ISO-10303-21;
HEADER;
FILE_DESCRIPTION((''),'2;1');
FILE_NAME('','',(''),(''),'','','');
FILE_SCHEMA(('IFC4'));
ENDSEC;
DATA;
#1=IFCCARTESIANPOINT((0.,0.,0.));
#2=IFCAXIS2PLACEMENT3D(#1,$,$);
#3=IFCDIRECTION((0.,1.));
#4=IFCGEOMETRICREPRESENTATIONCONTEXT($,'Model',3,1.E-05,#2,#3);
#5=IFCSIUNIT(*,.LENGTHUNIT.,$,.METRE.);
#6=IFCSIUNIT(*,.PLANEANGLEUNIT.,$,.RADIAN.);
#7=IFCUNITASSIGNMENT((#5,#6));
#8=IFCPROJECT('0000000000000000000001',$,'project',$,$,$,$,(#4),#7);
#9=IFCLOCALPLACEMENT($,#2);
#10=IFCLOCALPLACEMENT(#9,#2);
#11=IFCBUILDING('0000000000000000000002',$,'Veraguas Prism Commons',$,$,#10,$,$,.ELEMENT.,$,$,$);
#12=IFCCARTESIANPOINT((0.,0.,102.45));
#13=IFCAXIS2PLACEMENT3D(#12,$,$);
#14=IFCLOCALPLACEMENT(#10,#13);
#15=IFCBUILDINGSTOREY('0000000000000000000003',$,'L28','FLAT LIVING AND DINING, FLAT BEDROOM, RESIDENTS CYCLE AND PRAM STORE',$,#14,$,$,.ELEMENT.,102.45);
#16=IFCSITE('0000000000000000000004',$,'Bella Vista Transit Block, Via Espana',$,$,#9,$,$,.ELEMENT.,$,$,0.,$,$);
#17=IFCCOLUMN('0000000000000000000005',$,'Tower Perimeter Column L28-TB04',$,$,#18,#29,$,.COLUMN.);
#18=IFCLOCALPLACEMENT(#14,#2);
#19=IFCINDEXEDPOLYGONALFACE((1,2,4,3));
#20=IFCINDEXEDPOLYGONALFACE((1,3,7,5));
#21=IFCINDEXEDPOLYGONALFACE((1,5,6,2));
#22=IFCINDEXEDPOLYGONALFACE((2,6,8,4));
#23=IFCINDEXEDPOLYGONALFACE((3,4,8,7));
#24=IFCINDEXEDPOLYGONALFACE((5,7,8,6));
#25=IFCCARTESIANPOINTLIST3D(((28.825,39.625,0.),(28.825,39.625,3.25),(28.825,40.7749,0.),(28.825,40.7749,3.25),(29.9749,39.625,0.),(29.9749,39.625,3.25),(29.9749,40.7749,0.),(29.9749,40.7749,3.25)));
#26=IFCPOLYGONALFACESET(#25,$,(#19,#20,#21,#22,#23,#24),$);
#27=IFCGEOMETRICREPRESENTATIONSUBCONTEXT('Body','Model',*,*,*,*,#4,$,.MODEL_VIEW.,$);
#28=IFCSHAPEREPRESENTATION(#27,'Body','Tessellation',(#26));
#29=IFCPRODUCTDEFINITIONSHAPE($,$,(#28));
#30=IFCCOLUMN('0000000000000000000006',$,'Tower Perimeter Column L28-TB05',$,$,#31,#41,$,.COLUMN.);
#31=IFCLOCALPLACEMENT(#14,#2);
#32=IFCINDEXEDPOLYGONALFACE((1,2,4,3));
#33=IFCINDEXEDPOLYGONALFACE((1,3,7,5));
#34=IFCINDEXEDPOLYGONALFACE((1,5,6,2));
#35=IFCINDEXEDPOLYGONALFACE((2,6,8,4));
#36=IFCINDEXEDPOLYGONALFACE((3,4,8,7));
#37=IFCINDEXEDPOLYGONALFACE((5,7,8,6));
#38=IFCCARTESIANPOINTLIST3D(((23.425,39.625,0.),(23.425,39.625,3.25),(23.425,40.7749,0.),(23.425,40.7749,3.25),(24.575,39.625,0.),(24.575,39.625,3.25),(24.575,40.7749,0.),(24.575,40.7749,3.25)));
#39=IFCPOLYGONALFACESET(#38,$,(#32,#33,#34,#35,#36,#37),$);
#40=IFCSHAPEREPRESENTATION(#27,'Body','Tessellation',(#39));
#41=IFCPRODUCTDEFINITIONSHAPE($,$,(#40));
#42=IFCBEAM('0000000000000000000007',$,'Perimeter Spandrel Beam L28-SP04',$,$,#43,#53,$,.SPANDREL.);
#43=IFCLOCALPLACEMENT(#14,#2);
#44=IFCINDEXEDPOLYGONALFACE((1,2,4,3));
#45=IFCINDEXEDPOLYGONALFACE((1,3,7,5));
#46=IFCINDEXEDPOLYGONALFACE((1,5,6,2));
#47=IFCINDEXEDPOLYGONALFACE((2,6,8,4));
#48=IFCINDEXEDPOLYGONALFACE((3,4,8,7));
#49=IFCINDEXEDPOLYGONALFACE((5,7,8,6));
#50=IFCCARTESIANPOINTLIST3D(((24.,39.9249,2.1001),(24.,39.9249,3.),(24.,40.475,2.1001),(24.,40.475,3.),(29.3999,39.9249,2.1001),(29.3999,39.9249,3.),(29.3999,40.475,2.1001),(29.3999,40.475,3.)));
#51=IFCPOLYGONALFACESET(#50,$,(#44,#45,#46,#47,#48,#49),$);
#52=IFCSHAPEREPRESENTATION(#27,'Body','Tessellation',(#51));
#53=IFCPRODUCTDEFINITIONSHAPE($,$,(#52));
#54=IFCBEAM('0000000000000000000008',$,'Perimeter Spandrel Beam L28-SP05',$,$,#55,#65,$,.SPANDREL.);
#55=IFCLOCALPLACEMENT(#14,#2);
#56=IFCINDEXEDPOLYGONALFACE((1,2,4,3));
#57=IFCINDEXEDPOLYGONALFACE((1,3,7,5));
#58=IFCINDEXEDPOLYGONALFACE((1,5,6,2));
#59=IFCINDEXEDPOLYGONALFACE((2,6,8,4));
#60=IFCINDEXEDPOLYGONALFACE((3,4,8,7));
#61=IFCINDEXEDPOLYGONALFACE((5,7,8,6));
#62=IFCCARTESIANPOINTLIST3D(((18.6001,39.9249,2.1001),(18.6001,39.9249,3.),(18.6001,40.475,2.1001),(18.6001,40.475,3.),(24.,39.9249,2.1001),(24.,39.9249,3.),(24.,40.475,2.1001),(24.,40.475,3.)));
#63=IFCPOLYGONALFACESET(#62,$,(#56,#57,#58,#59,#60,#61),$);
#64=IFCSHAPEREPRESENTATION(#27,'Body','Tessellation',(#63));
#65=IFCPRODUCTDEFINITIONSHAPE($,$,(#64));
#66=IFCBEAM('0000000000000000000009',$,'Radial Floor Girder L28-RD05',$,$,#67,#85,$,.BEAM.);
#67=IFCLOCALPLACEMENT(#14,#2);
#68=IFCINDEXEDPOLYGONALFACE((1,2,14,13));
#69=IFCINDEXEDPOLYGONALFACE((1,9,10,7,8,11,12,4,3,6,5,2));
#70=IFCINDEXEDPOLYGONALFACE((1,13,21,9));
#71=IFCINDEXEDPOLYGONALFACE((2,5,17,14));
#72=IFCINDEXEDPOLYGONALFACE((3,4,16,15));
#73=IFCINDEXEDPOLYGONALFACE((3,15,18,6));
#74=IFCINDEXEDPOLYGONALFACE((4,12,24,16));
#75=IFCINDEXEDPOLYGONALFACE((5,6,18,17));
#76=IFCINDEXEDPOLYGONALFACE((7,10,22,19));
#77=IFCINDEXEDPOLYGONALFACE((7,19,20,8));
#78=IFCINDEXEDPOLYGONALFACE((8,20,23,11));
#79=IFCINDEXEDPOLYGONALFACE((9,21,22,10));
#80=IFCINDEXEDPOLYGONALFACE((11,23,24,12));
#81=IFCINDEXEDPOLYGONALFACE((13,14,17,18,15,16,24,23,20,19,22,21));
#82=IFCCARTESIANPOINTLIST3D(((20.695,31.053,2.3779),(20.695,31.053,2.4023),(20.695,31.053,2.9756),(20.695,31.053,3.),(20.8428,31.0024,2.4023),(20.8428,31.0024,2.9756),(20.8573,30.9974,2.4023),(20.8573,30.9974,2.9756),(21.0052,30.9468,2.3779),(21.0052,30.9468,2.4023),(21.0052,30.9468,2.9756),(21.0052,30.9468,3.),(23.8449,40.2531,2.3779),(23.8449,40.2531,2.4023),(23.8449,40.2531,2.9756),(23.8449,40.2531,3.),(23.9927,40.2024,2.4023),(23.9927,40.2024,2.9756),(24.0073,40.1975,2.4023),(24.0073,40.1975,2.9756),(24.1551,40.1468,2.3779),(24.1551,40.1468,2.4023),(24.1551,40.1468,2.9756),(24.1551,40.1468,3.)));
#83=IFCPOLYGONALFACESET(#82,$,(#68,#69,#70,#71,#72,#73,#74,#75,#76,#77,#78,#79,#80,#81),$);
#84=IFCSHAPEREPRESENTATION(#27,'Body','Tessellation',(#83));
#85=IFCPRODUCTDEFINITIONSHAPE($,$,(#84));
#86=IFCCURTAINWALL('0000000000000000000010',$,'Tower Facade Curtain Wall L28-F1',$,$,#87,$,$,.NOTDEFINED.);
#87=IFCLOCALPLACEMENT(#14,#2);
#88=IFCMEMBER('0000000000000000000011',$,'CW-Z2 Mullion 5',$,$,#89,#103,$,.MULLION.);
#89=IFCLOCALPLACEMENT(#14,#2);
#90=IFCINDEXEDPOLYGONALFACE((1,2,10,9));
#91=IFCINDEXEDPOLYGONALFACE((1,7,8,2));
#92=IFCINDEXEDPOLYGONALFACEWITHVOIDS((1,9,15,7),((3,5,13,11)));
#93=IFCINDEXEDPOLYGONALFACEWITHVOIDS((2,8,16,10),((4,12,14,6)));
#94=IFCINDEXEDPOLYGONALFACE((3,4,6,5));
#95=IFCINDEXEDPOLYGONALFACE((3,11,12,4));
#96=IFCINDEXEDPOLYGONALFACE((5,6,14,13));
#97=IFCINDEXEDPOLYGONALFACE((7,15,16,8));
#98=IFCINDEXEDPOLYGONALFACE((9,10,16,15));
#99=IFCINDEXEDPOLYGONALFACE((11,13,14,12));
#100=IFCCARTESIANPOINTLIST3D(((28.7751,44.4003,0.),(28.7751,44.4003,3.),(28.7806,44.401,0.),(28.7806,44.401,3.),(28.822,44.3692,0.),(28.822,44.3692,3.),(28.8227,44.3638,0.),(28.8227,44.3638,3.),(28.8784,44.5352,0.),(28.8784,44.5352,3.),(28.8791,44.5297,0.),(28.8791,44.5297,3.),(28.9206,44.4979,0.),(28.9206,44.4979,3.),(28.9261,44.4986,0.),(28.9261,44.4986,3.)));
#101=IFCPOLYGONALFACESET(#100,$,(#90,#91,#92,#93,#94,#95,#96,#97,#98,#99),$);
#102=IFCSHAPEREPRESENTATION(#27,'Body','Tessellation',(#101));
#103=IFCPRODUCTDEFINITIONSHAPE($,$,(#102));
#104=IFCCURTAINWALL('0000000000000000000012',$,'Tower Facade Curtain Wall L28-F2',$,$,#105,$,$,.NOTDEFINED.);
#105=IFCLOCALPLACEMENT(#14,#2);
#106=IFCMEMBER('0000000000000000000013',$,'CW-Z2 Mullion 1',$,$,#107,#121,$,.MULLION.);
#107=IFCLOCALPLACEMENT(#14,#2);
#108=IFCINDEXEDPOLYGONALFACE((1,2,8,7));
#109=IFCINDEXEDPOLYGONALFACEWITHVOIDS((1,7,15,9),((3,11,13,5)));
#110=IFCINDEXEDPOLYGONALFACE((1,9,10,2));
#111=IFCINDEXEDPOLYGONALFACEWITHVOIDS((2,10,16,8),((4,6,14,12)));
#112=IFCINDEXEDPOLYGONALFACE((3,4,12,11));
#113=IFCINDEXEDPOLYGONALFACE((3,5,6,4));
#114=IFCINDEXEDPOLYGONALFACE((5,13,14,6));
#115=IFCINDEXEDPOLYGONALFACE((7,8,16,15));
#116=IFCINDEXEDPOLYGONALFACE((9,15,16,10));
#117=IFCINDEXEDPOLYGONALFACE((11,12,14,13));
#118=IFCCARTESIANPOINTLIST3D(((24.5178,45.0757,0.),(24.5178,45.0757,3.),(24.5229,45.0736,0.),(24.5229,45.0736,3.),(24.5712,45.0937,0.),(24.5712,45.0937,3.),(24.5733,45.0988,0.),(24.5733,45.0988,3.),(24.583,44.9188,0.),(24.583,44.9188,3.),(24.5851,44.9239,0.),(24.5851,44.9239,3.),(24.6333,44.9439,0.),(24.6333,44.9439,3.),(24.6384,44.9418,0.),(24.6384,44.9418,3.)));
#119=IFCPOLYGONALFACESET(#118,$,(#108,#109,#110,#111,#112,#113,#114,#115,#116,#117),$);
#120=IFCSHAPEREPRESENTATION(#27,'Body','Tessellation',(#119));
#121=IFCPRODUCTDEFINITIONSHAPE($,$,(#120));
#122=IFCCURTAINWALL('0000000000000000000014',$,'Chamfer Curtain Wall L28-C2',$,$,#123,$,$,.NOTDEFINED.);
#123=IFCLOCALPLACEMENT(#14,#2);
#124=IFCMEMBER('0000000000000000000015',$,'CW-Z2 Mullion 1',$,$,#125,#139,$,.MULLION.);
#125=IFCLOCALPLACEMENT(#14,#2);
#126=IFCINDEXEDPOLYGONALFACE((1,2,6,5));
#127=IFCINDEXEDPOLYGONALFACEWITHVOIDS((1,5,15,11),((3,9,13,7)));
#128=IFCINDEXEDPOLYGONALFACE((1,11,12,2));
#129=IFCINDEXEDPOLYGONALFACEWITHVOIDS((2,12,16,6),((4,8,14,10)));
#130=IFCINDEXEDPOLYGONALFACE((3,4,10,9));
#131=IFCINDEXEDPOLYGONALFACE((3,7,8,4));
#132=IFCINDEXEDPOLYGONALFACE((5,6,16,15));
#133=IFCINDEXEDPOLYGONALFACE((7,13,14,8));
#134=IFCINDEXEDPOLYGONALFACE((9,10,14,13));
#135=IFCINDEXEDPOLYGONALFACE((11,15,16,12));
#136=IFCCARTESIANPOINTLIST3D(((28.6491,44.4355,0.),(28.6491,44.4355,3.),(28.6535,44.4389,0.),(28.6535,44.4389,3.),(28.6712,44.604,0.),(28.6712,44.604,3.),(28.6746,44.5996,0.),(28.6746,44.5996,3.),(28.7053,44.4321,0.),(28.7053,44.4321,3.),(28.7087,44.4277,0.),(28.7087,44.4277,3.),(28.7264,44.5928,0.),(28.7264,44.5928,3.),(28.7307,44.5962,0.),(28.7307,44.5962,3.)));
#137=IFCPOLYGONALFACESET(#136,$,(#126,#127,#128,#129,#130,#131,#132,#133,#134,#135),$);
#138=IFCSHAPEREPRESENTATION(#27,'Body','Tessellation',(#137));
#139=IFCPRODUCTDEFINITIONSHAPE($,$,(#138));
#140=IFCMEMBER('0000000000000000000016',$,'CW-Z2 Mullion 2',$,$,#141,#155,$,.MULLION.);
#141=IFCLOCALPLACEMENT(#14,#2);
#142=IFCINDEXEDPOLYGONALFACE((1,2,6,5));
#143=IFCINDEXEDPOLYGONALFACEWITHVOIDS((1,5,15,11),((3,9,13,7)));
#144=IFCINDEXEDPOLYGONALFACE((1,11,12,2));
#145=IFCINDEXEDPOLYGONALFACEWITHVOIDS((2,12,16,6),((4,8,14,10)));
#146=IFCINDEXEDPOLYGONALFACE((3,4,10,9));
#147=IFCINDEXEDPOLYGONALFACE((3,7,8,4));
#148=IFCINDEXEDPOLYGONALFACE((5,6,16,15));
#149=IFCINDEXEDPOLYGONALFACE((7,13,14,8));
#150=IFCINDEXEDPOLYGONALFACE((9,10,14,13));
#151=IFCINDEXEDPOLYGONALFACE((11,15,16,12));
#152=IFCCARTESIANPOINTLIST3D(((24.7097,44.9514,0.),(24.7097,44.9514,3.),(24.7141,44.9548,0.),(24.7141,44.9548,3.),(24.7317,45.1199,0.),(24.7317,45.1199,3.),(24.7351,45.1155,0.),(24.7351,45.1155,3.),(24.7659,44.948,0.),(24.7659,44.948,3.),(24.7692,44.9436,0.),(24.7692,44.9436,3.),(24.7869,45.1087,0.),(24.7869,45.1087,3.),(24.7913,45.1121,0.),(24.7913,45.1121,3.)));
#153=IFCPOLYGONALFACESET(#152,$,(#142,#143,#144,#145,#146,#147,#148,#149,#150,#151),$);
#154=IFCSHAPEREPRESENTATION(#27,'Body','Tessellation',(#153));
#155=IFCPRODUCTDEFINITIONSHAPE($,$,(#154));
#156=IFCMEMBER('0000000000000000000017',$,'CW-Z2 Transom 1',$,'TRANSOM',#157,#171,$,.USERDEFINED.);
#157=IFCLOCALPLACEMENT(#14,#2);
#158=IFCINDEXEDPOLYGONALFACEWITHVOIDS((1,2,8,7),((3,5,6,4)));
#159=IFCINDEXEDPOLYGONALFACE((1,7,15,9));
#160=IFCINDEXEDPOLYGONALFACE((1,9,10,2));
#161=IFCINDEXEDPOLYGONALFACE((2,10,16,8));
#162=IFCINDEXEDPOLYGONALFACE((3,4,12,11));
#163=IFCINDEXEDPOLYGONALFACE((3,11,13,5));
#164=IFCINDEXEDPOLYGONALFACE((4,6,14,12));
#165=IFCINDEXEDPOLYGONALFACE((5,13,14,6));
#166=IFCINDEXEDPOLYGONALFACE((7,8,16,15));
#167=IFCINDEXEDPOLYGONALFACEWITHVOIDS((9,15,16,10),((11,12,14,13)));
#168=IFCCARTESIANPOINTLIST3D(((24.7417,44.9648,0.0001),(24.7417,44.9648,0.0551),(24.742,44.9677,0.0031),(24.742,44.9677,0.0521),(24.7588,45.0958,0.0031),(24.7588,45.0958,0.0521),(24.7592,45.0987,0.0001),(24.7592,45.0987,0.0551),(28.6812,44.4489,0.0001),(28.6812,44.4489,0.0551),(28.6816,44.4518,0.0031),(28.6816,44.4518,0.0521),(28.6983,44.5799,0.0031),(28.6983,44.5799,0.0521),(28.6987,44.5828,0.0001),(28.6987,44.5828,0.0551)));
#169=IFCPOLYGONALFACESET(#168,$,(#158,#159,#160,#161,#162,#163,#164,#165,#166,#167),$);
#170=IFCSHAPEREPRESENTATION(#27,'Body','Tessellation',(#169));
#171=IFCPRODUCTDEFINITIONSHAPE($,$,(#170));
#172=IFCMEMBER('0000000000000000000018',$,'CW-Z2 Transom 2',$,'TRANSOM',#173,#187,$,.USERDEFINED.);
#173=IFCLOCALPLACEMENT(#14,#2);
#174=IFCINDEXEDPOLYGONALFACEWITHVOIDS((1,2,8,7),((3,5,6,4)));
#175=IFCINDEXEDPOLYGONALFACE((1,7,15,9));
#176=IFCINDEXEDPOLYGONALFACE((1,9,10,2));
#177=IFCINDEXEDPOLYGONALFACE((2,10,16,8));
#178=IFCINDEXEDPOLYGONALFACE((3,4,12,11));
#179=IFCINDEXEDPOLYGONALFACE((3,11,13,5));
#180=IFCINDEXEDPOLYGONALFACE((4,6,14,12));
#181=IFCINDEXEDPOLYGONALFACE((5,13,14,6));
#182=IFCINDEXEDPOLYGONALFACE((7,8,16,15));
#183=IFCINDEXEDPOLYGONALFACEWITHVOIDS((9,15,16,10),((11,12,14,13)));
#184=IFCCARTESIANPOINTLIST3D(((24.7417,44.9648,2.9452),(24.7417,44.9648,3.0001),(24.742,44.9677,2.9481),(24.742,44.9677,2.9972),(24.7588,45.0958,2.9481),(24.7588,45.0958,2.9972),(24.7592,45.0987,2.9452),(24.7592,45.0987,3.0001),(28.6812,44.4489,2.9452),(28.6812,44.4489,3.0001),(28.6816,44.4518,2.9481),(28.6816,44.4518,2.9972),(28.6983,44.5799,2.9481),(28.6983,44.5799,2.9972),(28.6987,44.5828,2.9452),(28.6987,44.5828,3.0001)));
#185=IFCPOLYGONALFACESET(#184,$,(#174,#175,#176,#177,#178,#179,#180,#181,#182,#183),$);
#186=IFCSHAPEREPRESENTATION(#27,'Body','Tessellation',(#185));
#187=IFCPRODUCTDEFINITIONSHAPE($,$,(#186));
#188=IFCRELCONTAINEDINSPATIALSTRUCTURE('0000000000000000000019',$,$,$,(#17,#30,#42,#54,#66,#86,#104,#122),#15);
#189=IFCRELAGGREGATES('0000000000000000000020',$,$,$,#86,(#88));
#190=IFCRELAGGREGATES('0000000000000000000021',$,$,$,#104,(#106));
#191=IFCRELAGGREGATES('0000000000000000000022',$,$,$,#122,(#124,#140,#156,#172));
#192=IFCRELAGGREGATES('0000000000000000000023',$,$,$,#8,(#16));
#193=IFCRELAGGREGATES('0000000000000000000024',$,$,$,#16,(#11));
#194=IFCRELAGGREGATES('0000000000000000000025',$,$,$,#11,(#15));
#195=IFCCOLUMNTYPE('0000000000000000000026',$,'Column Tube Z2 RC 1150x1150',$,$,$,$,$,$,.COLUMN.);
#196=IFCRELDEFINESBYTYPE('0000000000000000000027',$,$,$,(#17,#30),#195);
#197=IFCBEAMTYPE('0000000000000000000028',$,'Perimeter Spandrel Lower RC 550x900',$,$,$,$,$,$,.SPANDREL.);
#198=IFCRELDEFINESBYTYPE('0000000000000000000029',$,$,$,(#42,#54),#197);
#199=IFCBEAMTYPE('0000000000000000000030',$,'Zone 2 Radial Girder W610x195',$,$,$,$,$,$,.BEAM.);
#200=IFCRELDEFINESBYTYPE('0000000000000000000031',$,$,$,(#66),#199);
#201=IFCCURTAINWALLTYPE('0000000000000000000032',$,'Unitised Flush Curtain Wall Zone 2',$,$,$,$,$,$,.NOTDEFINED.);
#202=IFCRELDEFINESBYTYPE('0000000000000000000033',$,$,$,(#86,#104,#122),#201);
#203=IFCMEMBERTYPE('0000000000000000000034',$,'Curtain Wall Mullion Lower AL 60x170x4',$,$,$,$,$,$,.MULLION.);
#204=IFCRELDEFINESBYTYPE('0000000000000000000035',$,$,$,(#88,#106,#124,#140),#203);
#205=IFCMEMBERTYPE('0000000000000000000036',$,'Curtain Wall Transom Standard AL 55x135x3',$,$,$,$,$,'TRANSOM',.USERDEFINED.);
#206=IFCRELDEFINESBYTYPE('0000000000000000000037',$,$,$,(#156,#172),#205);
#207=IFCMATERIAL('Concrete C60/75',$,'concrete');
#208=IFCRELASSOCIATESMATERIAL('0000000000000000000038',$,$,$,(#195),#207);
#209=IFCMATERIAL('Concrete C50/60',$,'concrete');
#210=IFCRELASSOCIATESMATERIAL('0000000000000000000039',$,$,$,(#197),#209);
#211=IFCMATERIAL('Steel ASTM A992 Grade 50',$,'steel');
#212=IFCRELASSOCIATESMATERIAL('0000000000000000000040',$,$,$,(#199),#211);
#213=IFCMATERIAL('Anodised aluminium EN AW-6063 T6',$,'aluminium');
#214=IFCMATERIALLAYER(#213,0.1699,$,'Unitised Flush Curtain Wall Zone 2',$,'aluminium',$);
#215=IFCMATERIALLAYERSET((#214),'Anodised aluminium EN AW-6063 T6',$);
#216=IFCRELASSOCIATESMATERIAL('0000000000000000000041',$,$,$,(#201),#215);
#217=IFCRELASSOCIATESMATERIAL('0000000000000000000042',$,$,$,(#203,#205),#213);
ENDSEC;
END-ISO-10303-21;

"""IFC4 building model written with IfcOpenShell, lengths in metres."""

from ifc_helpers import new_model, si_unit, direction, frame, origin, origin_2d, place, context, subcontext, project, spatial, rectangle, hollow_rectangle, i_section, extrude, source, transform, mapped, material, layer, layer_set, material_profile, profile_set, type_object, element, aggregate, save


model = new_model("IFC4")

# Units and contexts
model_context = context("Model", 3, precision=1e-05, world=origin(), true_north=direction((0.0, 1.0)))
body_context = subcontext(model_context, "Body", "Model", "MODEL_VIEW")
ifc_project = project(units=[si_unit("LENGTHUNIT", "METRE"), si_unit("PLANEANGLEUNIT", "RADIAN")], contexts=[model_context])

# Site, building, storey
site_placement = place(None, origin())
site = spatial("IfcSite", under=ifc_project, at=site_placement, Name="Bella Vista Transit Block, Via Espana", CompositionType="ELEMENT", RefElevation=0.0)
building_placement = place(site_placement, origin())
building = spatial("IfcBuilding", under=site, at=building_placement, Name="Veraguas Prism Commons", CompositionType="ELEMENT")
storey_placement = place(building_placement, frame((0.0, 0.0, 102.45)))
storey = spatial("IfcBuildingStorey", under=building, at=storey_placement, Name="L28", Description="FLAT LIVING AND DINING, FLAT BEDROOM, RESIDENTS CYCLE AND PRAM STORE", CompositionType="ELEMENT", Elevation=102.45)

# Columns
ifc_material_1 = material(Name="Concrete C60/75", Category="concrete")
ifc_material_profile_1 = material_profile(ifc_material_1, rectangle(XDim=1.1499, YDim=1.1499, at=origin_2d()), Name="RC1150X1150")
ifc_profile_set_1 = profile_set([ifc_material_profile_1], Name="Concrete C60/75")
column_type = type_object("IfcColumnType", Name="Column Tube Z2 RC 1150x1150", PredefinedType="COLUMN", material=ifc_profile_set_1)
for number, where, z_axis, x_axis, name in (
    (1, (29.3999, 40.2, 0.0), (0.0, 0.0, 1.0), (1.0, 0.0, 0.0), "Tower Perimeter Column L28-TB04"),
    (2, (24.0, 40.2, 0.0), (0.0, 0.0, 1.0), (1.0, 0.0, 0.0), "Tower Perimeter Column L28-TB05"),
):
    element("IfcColumn", number, at=place(storey_placement, frame(where, z_axis=z_axis, x_axis=x_axis)), inside=storey, type_object=column_type, Name=name, PredefinedType="COLUMN", context=body_context, shape_type="SweptSolid", body=[
        extrude(rectangle(XDim=1.1499, YDim=1.1499, at=origin_2d()), origin(), (0.0, 0.0, 1.0), 3.25),
    ])

# Beams
ifc_material_2 = material(Name="Concrete C50/60", Category="concrete")
ifc_material_profile_2 = material_profile(ifc_material_2, rectangle(XDim=0.55, YDim=0.8999, at=origin_2d()), Name="RC550X900")
ifc_profile_set_2 = profile_set([ifc_material_profile_2], Name="Concrete C50/60")
beam_type_1 = type_object("IfcBeamType", Name="Perimeter Spandrel Lower RC 550x900", PredefinedType="SPANDREL", material=ifc_profile_set_2)
for number, where, z_axis, x_axis, name in (
    (3, (29.3999, 40.2, 2.55), (-1.0, 0.0, 0.0), (0.0, -1.0, 0.0), "Perimeter Spandrel Beam L28-SP04"),
    (4, (24.0, 40.2, 2.55), (-1.0, 0.0, 0.0), (0.0, -1.0, 0.0), "Perimeter Spandrel Beam L28-SP05"),
):
    element("IfcBeam", number, at=place(storey_placement, frame(where, z_axis=z_axis, x_axis=x_axis)), inside=storey, type_object=beam_type_1, Name=name, PredefinedType="SPANDREL", context=body_context, shape_type="SweptSolid", body=[
        extrude(rectangle(XDim=0.55, YDim=0.8999, at=origin_2d()), origin(), (0.0, 0.0, 1.0), 5.3999),
    ])
ifc_material_3 = material(Name="Steel ASTM A992 Grade 50", Category="steel")
ifc_material_profile_3 = material_profile(ifc_material_3, i_section(OverallWidth=0.3279, OverallDepth=0.6221, WebThickness=0.0154, FlangeThickness=0.0244, at=origin_2d()), Name="W610X195")
ifc_profile_set_3 = profile_set([ifc_material_profile_3], Name="Steel ASTM A992 Grade 50")
beam_type_2 = type_object("IfcBeamType", Name="Zone 2 Radial Girder W610x195", PredefinedType="BEAM", material=ifc_profile_set_3)
beam_placement = place(storey_placement, frame((24.0, 40.2, 2.689), z_axis=(-0.323922, -0.946084, 0.0), x_axis=(0.946084, -0.323922, 0.0)))
element("IfcBeam", 5, at=beam_placement, inside=storey, type_object=beam_type_2, Name="Radial Floor Girder L28-RD05", PredefinedType="BEAM", context=body_context, shape_type="SweptSolid", body=[
    extrude(i_section(OverallWidth=0.3279, OverallDepth=0.6221, WebThickness=0.0154, FlangeThickness=0.0244, at=origin_2d()), origin(), (0.0, 0.0, 1.0), 9.7244),
])

# Curtain walls, members
ifc_material_4 = material(Name="Anodised aluminium EN AW-6063 T6", Category="aluminium")
ifc_layer_1 = layer(ifc_material_4, 0.1699, Name="Unitised Flush Curtain Wall Zone 2", Category="aluminium")
ifc_layer_set_1 = layer_set([ifc_layer_1], Name="Anodised aluminium EN AW-6063 T6")
curtain_wall_type = type_object("IfcCurtainWallType", Name="Unitised Flush Curtain Wall Zone 2", PredefinedType="NOTDEFINED", material=ifc_layer_set_1)
curtain_wall_1_placement = place(storey_placement, origin())
curtain_wall_1 = element("IfcCurtainWall", 6, at=curtain_wall_1_placement, inside=storey, type_object=curtain_wall_type, Name="Tower Facade Curtain Wall L28-F1", PredefinedType="NOTDEFINED")
ifc_material_profile_4 = material_profile(ifc_material_4, hollow_rectangle(XDim=0.0601, YDim=0.1699, WallThickness=0.0039, at=origin_2d()), Name="AL60X170X4")
ifc_profile_set_4 = profile_set([ifc_material_profile_4], Name="Anodised aluminium EN AW-6063 T6")
member_type_1 = type_object("IfcMemberType", Name="Curtain Wall Mullion Lower AL 60x170x4", PredefinedType="MULLION", material=ifc_profile_set_4)
shared_shape_1 = source(origin(), body_context, "Body", "SweptSolid", [
    extrude(hollow_rectangle(XDim=0.0601, YDim=0.1699, WallThickness=0.0039, at=origin_2d()), origin(), (0.0, 0.0, 1.0), 3.0),
])
member_1_placement = place(storey_placement, frame((28.8506, 44.4495, 0.0), z_axis=(0.0, 0.0, 1.0), x_axis=(-0.793778, 0.608207, 0.0)))
member_1 = element("IfcMember", 7, at=member_1_placement, type_object=member_type_1, Name="CW-Z2 Mullion 5", PredefinedType="MULLION", context=body_context, shape_type="MappedRepresentation", body=[
    mapped(shared_shape_1, transform((0.0, 0.0, 0.0), scale=1.0)),
])
aggregate(curtain_wall_1, [member_1])
curtain_wall_2_placement = place(storey_placement, origin())
curtain_wall_2 = element("IfcCurtainWall", 8, at=curtain_wall_2_placement, inside=storey, type_object=curtain_wall_type, Name="Tower Facade Curtain Wall L28-F2", PredefinedType="NOTDEFINED")
member_2_placement = place(storey_placement, frame((24.5781, 45.0088, 0.0), z_axis=(0.0, 0.0, 1.0), x_axis=(-0.923611, -0.383332, 0.0)))
member_2 = element("IfcMember", 9, at=member_2_placement, type_object=member_type_1, Name="CW-Z2 Mullion 1", PredefinedType="MULLION", context=body_context, shape_type="MappedRepresentation", body=[
    mapped(shared_shape_1, transform((0.0, 0.0, 0.0), scale=1.0)),
])

# Curtain wall, members
curtain_wall_3_placement = place(storey_placement, origin())
curtain_wall_3 = element("IfcCurtainWall", 10, at=curtain_wall_3_placement, inside=storey, type_object=curtain_wall_type, Name="Chamfer Curtain Wall L28-C2", PredefinedType="NOTDEFINED")
member_3_placement = place(storey_placement, frame((28.6899, 44.5159, 0.0), z_axis=(0.0, 0.0, 1.0), x_axis=(-0.991537, 0.129825, 0.0)))
member_3 = element("IfcMember", 11, at=member_3_placement, type_object=member_type_1, Name="CW-Z2 Mullion 1", PredefinedType="MULLION", context=body_context, shape_type="MappedRepresentation", body=[
    mapped(shared_shape_1, transform((0.0, 0.0, 0.0), scale=1.0)),
])
member_4_placement = place(storey_placement, frame((24.7505, 45.0317, 0.0), z_axis=(0.0, 0.0, 1.0), x_axis=(-0.991537, 0.129825, 0.0)))
member_4 = element("IfcMember", 12, at=member_4_placement, type_object=member_type_1, Name="CW-Z2 Mullion 2", PredefinedType="MULLION", context=body_context, shape_type="MappedRepresentation", body=[
    mapped(shared_shape_1, transform((0.0, 0.0, 0.0), scale=1.0)),
])
ifc_material_profile_5 = material_profile(ifc_material_4, hollow_rectangle(XDim=0.0549, YDim=0.135, WallThickness=0.0029, at=origin_2d()), Name="AL55X135X3")
ifc_profile_set_5 = profile_set([ifc_material_profile_5], Name="Anodised aluminium EN AW-6063 T6")
member_type_2 = type_object("IfcMemberType", Name="Curtain Wall Transom Standard AL 55x135x3", ElementType="TRANSOM", PredefinedType="USERDEFINED", material=ifc_profile_set_5)
shared_shape_2 = source(origin(), body_context, "Body", "SweptSolid", [
    extrude(hollow_rectangle(XDim=0.0549, YDim=0.135, WallThickness=0.0029, at=origin_2d()), origin(), (0.0, 0.0, 1.0), 3.9731),
])
member_5_placement = place(storey_placement, frame((28.6899, 44.5159, 0.0276), z_axis=(-0.991535, 0.129841, 0.0), x_axis=(0.0, 0.0, 1.0)))
member_5 = element("IfcMember", 13, at=member_5_placement, type_object=member_type_2, Name="CW-Z2 Transom 1", ObjectType="TRANSOM", PredefinedType="USERDEFINED", context=body_context, shape_type="MappedRepresentation", body=[
    mapped(shared_shape_2, transform((0.0, 0.0, 0.0), scale=1.0)),
])
member_6_placement = place(storey_placement, frame((28.6899, 44.5159, 2.9727), z_axis=(-0.991535, 0.129841, 0.0), x_axis=(0.0, 0.0, 1.0)))
member_6 = element("IfcMember", 14, at=member_6_placement, type_object=member_type_2, Name="CW-Z2 Transom 2", ObjectType="TRANSOM", PredefinedType="USERDEFINED", context=body_context, shape_type="MappedRepresentation", body=[
    mapped(shared_shape_2, transform((0.0, 0.0, 0.0), scale=1.0)),
])

aggregate(curtain_wall_2, [member_2])

aggregate(curtain_wall_3, [member_3, member_4, member_5, member_6])

save(model, "model.ifc")
